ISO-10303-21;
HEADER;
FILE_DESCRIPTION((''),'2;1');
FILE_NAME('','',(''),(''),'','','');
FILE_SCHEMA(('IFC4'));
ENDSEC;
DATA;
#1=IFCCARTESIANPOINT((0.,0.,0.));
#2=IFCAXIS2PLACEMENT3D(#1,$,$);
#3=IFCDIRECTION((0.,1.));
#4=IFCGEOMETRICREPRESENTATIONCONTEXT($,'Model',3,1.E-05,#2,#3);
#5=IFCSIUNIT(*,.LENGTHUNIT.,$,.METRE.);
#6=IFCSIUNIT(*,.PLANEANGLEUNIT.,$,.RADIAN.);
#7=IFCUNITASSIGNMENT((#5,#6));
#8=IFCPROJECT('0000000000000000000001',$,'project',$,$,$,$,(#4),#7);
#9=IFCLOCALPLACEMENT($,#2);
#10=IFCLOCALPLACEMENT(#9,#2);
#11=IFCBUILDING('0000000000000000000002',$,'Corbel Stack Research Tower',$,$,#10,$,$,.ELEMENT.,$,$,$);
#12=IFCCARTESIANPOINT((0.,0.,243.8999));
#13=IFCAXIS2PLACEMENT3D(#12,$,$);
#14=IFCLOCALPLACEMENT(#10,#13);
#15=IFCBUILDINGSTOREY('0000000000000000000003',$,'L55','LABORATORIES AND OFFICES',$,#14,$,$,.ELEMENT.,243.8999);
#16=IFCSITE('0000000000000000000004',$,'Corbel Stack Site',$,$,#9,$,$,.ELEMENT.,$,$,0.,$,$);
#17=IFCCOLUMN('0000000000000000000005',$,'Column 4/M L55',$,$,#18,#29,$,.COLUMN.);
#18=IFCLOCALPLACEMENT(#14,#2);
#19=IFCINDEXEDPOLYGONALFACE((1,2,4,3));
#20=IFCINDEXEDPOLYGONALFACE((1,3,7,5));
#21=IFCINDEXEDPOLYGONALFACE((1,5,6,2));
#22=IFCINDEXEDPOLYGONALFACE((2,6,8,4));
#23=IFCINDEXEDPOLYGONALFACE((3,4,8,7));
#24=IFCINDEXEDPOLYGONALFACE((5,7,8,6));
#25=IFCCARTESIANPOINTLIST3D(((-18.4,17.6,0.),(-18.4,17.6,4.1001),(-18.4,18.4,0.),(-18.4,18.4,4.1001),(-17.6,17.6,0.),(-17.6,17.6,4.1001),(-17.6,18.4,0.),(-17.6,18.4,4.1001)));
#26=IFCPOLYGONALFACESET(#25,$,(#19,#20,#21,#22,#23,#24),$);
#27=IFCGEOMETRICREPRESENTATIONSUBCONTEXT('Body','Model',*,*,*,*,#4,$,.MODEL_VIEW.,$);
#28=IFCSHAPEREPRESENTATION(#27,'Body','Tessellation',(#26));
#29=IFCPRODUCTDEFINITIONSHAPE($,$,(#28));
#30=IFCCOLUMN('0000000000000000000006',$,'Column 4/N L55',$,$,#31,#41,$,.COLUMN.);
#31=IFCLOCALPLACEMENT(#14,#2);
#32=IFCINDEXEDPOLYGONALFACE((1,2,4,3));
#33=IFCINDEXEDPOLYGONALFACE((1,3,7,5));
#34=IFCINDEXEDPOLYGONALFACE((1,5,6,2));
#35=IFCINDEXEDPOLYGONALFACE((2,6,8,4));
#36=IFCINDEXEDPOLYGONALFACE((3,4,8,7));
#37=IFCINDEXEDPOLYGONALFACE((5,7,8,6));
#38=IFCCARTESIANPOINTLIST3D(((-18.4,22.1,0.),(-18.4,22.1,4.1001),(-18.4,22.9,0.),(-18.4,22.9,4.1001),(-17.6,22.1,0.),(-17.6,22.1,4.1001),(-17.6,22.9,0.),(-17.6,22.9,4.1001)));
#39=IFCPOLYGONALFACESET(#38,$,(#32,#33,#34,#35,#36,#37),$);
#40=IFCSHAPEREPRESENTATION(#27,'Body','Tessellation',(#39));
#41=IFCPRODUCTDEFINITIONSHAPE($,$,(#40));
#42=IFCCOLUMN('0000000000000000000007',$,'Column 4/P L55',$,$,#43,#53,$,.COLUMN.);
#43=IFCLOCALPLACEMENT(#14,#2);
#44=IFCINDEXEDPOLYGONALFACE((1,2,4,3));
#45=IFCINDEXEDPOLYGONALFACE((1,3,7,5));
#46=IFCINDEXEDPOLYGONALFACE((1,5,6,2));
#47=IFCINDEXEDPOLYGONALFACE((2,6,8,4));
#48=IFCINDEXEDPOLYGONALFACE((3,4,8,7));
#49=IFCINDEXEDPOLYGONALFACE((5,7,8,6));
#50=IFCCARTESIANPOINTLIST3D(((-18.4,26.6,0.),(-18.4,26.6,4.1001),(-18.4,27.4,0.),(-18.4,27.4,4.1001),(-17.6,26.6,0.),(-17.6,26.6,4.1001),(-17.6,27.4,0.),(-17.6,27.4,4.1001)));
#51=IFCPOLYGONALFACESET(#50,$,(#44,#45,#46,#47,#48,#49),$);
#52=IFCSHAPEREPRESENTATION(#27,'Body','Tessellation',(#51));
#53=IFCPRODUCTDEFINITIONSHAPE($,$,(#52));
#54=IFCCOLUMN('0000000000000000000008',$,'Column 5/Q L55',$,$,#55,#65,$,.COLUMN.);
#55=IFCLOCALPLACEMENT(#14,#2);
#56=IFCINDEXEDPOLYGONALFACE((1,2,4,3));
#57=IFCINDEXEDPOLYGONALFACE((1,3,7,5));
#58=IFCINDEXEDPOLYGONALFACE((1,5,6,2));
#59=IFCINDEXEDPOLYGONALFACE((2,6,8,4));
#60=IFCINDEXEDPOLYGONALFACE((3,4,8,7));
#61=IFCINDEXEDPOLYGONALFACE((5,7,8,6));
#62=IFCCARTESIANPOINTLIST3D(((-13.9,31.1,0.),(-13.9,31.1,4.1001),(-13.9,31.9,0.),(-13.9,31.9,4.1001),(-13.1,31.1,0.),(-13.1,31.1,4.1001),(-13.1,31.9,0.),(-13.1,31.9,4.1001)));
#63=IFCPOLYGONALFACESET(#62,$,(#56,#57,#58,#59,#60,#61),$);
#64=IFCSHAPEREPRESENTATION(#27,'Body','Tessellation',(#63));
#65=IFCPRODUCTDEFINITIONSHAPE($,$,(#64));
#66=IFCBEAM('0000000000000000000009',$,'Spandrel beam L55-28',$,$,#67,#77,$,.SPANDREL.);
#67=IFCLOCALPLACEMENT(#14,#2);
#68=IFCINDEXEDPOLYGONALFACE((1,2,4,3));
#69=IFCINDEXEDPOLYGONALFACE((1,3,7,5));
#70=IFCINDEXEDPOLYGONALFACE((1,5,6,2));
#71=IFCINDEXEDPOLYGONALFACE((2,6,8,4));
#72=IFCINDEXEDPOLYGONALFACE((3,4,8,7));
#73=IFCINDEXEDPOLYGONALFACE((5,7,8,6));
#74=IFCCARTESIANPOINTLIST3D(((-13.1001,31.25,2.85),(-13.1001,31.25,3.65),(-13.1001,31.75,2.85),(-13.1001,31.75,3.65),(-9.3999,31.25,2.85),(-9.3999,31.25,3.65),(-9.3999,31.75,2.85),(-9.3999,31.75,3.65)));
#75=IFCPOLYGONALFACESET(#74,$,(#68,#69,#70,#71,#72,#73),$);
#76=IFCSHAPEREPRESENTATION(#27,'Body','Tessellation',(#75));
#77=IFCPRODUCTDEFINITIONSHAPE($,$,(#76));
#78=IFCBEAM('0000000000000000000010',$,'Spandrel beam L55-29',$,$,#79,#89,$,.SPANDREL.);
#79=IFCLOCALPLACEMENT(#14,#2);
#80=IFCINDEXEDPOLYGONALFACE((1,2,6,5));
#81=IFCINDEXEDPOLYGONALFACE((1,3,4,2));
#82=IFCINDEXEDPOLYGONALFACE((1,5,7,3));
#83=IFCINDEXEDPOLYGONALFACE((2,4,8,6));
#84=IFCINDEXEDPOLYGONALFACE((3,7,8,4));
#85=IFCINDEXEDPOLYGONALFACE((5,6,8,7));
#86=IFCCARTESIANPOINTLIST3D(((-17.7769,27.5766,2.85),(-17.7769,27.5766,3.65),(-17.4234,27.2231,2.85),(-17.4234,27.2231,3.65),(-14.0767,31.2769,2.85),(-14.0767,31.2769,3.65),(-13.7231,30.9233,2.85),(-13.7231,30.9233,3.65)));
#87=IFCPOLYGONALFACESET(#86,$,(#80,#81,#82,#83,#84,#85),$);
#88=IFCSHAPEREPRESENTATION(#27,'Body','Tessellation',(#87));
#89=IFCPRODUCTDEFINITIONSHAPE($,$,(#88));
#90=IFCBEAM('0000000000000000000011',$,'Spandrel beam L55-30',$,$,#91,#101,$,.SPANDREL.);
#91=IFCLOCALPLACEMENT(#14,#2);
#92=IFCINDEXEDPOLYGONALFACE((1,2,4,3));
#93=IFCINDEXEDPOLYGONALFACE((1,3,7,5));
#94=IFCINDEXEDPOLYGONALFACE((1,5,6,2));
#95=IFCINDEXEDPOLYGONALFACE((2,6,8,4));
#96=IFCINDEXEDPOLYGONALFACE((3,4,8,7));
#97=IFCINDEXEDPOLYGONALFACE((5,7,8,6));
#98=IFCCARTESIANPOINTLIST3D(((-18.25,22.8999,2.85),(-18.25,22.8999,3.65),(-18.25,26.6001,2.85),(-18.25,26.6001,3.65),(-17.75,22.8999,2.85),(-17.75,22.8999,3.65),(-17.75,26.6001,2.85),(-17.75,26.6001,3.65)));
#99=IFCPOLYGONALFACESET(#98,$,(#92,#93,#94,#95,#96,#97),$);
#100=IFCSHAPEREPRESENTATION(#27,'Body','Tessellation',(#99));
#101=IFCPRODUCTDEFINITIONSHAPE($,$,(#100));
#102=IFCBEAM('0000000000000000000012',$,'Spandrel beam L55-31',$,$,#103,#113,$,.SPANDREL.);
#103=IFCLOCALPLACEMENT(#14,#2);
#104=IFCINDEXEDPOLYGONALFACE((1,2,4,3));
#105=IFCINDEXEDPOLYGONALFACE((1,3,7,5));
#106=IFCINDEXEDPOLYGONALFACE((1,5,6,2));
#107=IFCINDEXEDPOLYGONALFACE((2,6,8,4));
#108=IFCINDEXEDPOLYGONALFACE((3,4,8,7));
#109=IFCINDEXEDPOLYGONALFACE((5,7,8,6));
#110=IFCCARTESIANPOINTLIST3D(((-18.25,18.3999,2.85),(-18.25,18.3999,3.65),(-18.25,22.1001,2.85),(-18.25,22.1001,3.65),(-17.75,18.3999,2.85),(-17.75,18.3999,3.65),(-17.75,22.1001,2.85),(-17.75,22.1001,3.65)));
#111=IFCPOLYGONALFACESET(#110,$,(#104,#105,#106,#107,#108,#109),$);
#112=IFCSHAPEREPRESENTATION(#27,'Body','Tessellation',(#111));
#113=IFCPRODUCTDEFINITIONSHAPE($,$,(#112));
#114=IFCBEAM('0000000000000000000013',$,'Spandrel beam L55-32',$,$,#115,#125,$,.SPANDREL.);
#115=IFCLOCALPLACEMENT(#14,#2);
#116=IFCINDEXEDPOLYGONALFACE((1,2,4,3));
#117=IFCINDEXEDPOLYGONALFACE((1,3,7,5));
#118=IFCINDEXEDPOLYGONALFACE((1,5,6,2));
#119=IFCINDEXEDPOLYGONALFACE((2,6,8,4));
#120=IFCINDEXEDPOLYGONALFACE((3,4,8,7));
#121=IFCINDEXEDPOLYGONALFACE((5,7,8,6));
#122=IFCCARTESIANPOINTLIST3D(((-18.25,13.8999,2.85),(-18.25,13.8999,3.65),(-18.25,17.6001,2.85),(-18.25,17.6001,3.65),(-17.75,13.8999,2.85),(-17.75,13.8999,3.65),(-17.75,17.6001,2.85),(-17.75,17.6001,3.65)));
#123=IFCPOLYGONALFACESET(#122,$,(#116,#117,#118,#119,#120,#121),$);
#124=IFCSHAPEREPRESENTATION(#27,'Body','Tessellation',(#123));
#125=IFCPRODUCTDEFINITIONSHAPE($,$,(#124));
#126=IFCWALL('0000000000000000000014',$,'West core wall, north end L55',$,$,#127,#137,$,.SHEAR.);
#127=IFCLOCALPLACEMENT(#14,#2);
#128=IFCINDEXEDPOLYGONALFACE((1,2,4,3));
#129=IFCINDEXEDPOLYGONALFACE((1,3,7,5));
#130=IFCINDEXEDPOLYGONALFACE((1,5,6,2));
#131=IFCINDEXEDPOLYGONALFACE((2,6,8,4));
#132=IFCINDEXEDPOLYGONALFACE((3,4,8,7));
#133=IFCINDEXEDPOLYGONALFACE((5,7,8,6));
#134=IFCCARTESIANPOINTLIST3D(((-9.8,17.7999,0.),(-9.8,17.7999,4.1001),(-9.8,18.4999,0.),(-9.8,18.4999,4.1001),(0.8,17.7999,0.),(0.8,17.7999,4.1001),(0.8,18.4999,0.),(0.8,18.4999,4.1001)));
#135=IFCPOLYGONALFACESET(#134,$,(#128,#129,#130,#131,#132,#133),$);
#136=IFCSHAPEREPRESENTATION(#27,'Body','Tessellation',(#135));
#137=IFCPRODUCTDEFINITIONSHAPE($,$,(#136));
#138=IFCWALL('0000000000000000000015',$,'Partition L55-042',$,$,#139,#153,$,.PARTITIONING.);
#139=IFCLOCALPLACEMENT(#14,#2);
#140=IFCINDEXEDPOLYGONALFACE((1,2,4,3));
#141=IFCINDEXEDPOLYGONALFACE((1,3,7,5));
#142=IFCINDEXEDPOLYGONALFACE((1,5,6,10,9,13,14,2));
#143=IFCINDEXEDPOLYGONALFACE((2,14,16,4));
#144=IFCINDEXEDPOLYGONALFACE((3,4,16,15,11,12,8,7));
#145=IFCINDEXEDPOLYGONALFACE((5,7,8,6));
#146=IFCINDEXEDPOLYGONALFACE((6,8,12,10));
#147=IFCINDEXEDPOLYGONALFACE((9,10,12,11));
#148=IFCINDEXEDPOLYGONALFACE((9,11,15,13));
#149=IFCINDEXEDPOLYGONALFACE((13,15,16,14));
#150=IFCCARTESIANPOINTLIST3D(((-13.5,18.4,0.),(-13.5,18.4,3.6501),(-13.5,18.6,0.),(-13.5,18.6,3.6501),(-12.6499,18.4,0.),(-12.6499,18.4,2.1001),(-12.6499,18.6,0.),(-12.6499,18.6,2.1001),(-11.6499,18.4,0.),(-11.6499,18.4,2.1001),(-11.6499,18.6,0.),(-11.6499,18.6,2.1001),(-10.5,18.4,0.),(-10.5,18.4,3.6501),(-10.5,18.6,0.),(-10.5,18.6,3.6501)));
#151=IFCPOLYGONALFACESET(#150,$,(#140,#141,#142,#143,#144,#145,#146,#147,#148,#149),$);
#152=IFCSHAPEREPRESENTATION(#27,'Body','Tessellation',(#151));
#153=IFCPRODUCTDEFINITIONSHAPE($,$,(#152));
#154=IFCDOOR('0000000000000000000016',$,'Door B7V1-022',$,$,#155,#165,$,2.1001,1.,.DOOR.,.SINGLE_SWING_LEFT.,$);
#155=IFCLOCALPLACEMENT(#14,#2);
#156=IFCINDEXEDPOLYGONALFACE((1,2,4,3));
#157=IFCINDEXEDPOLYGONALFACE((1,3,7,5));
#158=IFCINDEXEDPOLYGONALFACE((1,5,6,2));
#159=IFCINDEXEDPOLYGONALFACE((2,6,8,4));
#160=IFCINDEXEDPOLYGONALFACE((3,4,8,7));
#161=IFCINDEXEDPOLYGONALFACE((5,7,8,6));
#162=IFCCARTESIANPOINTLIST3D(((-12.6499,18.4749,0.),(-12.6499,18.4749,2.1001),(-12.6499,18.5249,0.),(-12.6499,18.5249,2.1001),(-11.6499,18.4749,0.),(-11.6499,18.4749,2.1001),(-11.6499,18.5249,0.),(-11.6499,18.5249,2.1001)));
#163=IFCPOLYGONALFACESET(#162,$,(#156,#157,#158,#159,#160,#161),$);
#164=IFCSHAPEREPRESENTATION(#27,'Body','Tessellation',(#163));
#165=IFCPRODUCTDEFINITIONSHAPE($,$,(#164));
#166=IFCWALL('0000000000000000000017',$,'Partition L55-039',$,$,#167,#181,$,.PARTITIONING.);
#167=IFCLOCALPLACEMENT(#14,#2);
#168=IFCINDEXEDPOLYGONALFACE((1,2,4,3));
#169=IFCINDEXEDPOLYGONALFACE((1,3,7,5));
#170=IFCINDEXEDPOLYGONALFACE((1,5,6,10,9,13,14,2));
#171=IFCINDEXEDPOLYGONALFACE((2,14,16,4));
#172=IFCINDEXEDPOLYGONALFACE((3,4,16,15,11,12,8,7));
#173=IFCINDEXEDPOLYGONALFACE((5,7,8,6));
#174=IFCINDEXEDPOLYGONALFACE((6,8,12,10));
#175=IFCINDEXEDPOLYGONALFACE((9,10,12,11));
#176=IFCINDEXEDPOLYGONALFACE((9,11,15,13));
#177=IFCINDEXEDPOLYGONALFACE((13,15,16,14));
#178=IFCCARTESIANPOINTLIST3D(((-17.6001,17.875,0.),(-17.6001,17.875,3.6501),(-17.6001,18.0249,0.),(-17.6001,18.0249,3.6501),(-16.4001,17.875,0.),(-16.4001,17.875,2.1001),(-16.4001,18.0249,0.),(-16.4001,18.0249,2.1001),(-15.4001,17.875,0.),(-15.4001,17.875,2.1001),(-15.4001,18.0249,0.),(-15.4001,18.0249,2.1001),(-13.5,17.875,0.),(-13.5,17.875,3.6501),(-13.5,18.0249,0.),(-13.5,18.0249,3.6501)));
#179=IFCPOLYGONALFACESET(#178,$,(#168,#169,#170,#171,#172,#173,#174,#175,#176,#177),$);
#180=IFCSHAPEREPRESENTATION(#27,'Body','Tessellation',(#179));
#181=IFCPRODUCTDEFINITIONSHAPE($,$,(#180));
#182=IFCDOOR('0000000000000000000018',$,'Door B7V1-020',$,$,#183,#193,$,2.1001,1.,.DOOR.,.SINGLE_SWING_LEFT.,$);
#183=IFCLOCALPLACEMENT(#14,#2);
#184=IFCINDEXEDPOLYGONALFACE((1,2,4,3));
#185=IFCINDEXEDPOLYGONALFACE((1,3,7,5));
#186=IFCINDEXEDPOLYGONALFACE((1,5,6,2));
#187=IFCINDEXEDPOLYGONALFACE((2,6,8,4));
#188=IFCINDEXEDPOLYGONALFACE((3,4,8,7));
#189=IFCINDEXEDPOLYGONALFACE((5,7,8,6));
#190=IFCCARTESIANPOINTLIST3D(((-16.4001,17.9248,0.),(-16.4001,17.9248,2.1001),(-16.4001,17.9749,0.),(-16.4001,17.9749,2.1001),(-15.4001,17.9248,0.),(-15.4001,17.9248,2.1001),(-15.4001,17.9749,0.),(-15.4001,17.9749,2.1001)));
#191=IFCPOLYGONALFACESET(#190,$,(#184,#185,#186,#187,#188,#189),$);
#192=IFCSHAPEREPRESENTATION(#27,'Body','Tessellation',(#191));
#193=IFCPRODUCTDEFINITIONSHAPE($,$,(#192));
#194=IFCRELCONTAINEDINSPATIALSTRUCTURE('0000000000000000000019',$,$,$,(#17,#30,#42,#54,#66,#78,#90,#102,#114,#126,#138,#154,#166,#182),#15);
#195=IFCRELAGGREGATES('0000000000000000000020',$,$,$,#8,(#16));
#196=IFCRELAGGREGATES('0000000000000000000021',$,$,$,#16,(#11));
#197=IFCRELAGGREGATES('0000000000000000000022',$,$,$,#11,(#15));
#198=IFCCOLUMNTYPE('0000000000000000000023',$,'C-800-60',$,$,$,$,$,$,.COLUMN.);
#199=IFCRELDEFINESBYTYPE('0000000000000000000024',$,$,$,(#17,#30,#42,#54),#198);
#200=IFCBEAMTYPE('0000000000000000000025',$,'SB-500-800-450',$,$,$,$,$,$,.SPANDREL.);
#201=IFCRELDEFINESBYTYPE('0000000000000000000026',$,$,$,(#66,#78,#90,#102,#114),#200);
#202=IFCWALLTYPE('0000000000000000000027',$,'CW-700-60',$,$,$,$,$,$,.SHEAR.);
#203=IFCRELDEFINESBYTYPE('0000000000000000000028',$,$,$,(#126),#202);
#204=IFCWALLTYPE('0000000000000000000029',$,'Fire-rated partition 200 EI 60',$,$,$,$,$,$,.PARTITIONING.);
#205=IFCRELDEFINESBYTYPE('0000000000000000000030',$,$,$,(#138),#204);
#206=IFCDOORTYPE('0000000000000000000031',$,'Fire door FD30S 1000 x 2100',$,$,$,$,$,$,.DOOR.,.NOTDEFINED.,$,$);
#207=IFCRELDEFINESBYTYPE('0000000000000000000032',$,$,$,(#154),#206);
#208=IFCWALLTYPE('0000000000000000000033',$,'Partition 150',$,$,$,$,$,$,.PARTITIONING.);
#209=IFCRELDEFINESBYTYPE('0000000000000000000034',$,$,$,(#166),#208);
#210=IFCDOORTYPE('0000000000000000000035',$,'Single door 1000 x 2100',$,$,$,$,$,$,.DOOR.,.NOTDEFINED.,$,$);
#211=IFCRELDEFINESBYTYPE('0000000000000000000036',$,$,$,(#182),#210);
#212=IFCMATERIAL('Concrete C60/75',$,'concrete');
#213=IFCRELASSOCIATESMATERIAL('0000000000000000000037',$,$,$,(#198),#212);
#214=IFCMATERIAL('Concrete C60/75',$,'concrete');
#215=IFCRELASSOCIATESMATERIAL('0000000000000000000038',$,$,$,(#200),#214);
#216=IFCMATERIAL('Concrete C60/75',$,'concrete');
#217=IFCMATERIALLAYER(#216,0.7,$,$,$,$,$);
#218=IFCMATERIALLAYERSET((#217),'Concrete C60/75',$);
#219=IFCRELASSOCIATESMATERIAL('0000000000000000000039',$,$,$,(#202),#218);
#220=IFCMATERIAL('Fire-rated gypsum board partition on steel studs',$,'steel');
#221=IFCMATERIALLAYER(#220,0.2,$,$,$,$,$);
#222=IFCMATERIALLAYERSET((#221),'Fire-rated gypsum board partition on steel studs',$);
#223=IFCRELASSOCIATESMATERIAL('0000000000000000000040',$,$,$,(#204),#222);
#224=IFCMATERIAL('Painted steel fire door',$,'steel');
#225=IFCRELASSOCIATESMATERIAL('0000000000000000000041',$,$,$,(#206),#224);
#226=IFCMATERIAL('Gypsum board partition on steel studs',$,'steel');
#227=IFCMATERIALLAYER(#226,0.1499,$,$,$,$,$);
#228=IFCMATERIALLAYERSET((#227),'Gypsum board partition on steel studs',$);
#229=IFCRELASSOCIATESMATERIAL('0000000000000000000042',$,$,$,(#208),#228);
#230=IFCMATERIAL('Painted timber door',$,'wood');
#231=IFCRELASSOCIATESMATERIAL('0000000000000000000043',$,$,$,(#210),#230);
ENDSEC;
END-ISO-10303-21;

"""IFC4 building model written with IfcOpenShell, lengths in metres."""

from ifc_helpers import new_model, si_unit, direction, frame, frame_2d, origin, origin_2d, place, context, subcontext, project, spatial, rectangle, extrude, material, layer, layer_set, material_profile, profile_set, type_object, element, fill, save


model = new_model("IFC4")

# Units and contexts
model_context = context("Model", 3, precision=1e-05, world=origin(), true_north=direction((0.0, 1.0)))
body_context = subcontext(model_context, "Body", "Model", "MODEL_VIEW")
ifc_project = project(units=[si_unit("LENGTHUNIT", "METRE"), si_unit("PLANEANGLEUNIT", "RADIAN")], contexts=[model_context])

# Site, building, storey
site_placement = place(None, origin())
site = spatial("IfcSite", under=ifc_project, at=site_placement, Name="Corbel Stack Site", CompositionType="ELEMENT", RefElevation=0.0)
building_placement = place(site_placement, origin())
building = spatial("IfcBuilding", under=site, at=building_placement, Name="Corbel Stack Research Tower", CompositionType="ELEMENT")
storey_placement = place(building_placement, frame((0.0, 0.0, 243.8999)))
storey = spatial("IfcBuildingStorey", under=building, at=storey_placement, Name="L55", Description="LABORATORIES AND OFFICES", CompositionType="ELEMENT", Elevation=243.8999)

# Columns
ifc_material_1 = material(Name="Concrete C60/75", Category="concrete")
ifc_material_profile_1 = material_profile(ifc_material_1, rectangle(XDim=0.8, YDim=0.8, at=origin_2d()), Name="RC 800 x 800")
ifc_profile_set_1 = profile_set([ifc_material_profile_1], Name="Concrete C60/75")
column_type = type_object("IfcColumnType", Name="C-800-60", PredefinedType="COLUMN", material=ifc_profile_set_1)
for number, where, z_axis, x_axis, name in (
    (1, (-18.0, 18.0, 0.0), (0.0, 0.0, 1.0), (1.0, 0.0, 0.0), "Column 4/M L55"),
    (2, (-18.0, 22.5, 0.0), (0.0, 0.0, 1.0), (1.0, 0.0, 0.0), "Column 4/N L55"),
    (3, (-18.0, 27.0, 0.0), (0.0, 0.0, 1.0), (1.0, 0.0, 0.0), "Column 4/P L55"),
    (4, (-13.5, 31.5, 0.0), (0.0, 0.0, 1.0), (1.0, 0.0, 0.0), "Column 5/Q L55"),
):
    element("IfcColumn", number, at=place(storey_placement, frame(where, z_axis=z_axis, x_axis=x_axis)), inside=storey, type_object=column_type, Name=name, PredefinedType="COLUMN", context=body_context, shape_type="SweptSolid", body=[
        extrude(rectangle(XDim=0.8, YDim=0.8, at=origin_2d()), origin(), (0.0, 0.0, 1.0), 4.1001),
    ])

# Beams
ifc_material_2 = material(Name="Concrete C60/75", Category="concrete")
ifc_material_profile_2 = material_profile(ifc_material_2, rectangle(XDim=0.5, YDim=0.8, at=origin_2d()), Name="RC 500 x 800")
ifc_profile_set_2 = profile_set([ifc_material_profile_2], Name="Concrete C60/75")
beam_type = type_object("IfcBeamType", Name="SB-500-800-450", PredefinedType="SPANDREL", material=ifc_profile_set_2)
beam_1_placement = place(storey_placement, frame((-9.3999, 31.5, 3.25), z_axis=(-1.0, 0.0, 0.0), x_axis=(0.0, -1.0, 0.0)))
element("IfcBeam", 5, at=beam_1_placement, inside=storey, type_object=beam_type, Name="Spandrel beam L55-28", PredefinedType="SPANDREL", context=body_context, shape_type="SweptSolid", body=[
    extrude(rectangle(XDim=0.5, YDim=0.8, at=origin_2d()), origin(), (0.0, 0.0, 1.0), 3.7002),
])
beam_2_placement = place(storey_placement, frame((-13.8999, 31.1001, 3.25), z_axis=(-0.707107, -0.707107, 0.0), x_axis=(0.707107, -0.707107, 0.0)))
element("IfcBeam", 6, at=beam_2_placement, inside=storey, type_object=beam_type, Name="Spandrel beam L55-29", PredefinedType="SPANDREL", context=body_context, shape_type="SweptSolid", body=[
    extrude(rectangle(XDim=0.5, YDim=0.8, at=origin_2d()), origin(), (0.0, 0.0, 1.0), 5.2329),
])
for number, where, z_axis, x_axis, name in (
    (7, (-18.0, 26.6001, 3.25), (0.0, -1.0, 0.0), (1.0, 0.0, 0.0), "Spandrel beam L55-30"),
    (8, (-18.0, 22.1001, 3.25), (0.0, -1.0, 0.0), (1.0, 0.0, 0.0), "Spandrel beam L55-31"),
    (9, (-18.0, 17.6001, 3.25), (0.0, -1.0, 0.0), (1.0, 0.0, 0.0), "Spandrel beam L55-32"),
):
    element("IfcBeam", number, at=place(storey_placement, frame(where, z_axis=z_axis, x_axis=x_axis)), inside=storey, type_object=beam_type, Name=name, PredefinedType="SPANDREL", context=body_context, shape_type="SweptSolid", body=[
        extrude(rectangle(XDim=0.5, YDim=0.8, at=origin_2d()), origin(), (0.0, 0.0, 1.0), 3.7002),
    ])

# Wall
ifc_material_3 = material(Name="Concrete C60/75", Category="concrete")
ifc_layer_1 = layer(ifc_material_3, 0.7)
ifc_layer_set_1 = layer_set([ifc_layer_1], Name="Concrete C60/75")
wall_type_1 = type_object("IfcWallType", Name="CW-700-60", PredefinedType="SHEAR", material=ifc_layer_set_1)
wall_1_placement = place(storey_placement, frame((-9.8, 18.1499, 0.0), z_axis=(0.0, 0.0, 1.0), x_axis=(1.0, 0.0, 0.0)))
element("IfcWall", 10, at=wall_1_placement, inside=storey, type_object=wall_type_1, Name="West core wall, north end L55", PredefinedType="SHEAR", context=body_context, shape_type="SweptSolid", body=[
    extrude(rectangle(XDim=10.6001, YDim=0.7, at=frame_2d((5.3, 0.0))), origin(), (0.0, 0.0, 1.0), 4.1001),
])

# Walls, openings, doors
ifc_material_4 = material(Name="Fire-rated gypsum board partition on steel studs", Category="steel")
ifc_layer_2 = layer(ifc_material_4, 0.2)
ifc_layer_set_2 = layer_set([ifc_layer_2], Name="Fire-rated gypsum board partition on steel studs")
wall_type_2 = type_object("IfcWallType", Name="Fire-rated partition 200 EI 60", PredefinedType="PARTITIONING", material=ifc_layer_set_2)
wall_2_placement = place(storey_placement, frame((-13.5, 18.5, 0.0), z_axis=(0.0, 0.0, 1.0), x_axis=(1.0, 0.0, 0.0)))
wall_2 = element("IfcWall", 11, at=wall_2_placement, inside=storey, type_object=wall_type_2, Name="Partition L55-042", PredefinedType="PARTITIONING", context=body_context, shape_type="SweptSolid", body=[
    extrude(rectangle(XDim=3.0, YDim=0.2, at=frame_2d((1.5, 0.0))), origin(), (0.0, 0.0, 1.0), 3.6501),
])
opening_1_placement = place(wall_2_placement, frame((0.8501, 0.0, 0.0)))
opening_1 = element("IfcOpeningElement", 12, at=opening_1_placement, cuts=wall_2, PredefinedType="OPENING", context=body_context, shape_type="SweptSolid", body=[
    extrude(rectangle(XDim=1.0, YDim=2.1001, at=frame_2d((0.5, 1.05))), frame((0.0, 0.1099, 0.0), z_axis=(0.0, -1.0, 0.0), x_axis=(1.0, 0.0, 0.0)), (0.0, 0.0, 1.0), 0.22),
])
ifc_material_5 = material(Name="Painted steel fire door", Category="steel")
door_type_1 = type_object("IfcDoorType", Name="Fire door FD30S 1000 x 2100", OperationType="NOTDEFINED", PredefinedType="DOOR", material=ifc_material_5)
door_1_placement = place(opening_1_placement, origin())
door_1 = element("IfcDoor", 13, at=door_1_placement, inside=storey, type_object=door_type_1, Name="Door B7V1-022", OperationType="SINGLE_SWING_LEFT", OverallHeight=2.1001, OverallWidth=1.0, PredefinedType="DOOR", context=body_context, shape_type="SweptSolid", body=[
    extrude(rectangle(XDim=1.0, YDim=2.1001, at=frame_2d((0.5, 1.05))), frame((0.0, 0.0249, 0.0), z_axis=(0.0, -1.0, 0.0), x_axis=(1.0, 0.0, 0.0)), (0.0, 0.0, 1.0), 0.05),
])
fill(opening_1, door_1)
ifc_material_6 = material(Name="Gypsum board partition on steel studs", Category="steel")
ifc_layer_3 = layer(ifc_material_6, 0.1499)
ifc_layer_set_3 = layer_set([ifc_layer_3], Name="Gypsum board partition on steel studs")
wall_type_3 = type_object("IfcWallType", Name="Partition 150", PredefinedType="PARTITIONING", material=ifc_layer_set_3)
wall_3_placement = place(storey_placement, frame((-17.6001, 17.95, 0.0), z_axis=(0.0, 0.0, 1.0), x_axis=(1.0, 0.0, 0.0)))
wall_3 = element("IfcWall", 14, at=wall_3_placement, inside=storey, type_object=wall_type_3, Name="Partition L55-039", PredefinedType="PARTITIONING", context=body_context, shape_type="SweptSolid", body=[
    extrude(rectangle(XDim=4.1001, YDim=0.1499, at=frame_2d((2.05, 0.0))), origin(), (0.0, 0.0, 1.0), 3.6501),
])
opening_2_placement = place(wall_3_placement, frame((1.2, 0.0, 0.0)))
opening_2 = element("IfcOpeningElement", 15, at=opening_2_placement, cuts=wall_3, PredefinedType="OPENING", context=body_context, shape_type="SweptSolid", body=[
    extrude(rectangle(XDim=1.0, YDim=2.1001, at=frame_2d((0.5, 1.05))), frame((0.0, 0.085, 0.0), z_axis=(0.0, -1.0, 0.0), x_axis=(1.0, 0.0, 0.0)), (0.0, 0.0, 1.0), 0.1699),
])
ifc_material_7 = material(Name="Painted timber door", Category="wood")
door_type_2 = type_object("IfcDoorType", Name="Single door 1000 x 2100", OperationType="NOTDEFINED", PredefinedType="DOOR", material=ifc_material_7)
door_2_placement = place(opening_2_placement, origin())
door_2 = element("IfcDoor", 16, at=door_2_placement, inside=storey, type_object=door_type_2, Name="Door B7V1-020", OperationType="SINGLE_SWING_LEFT", OverallHeight=2.1001, OverallWidth=1.0, PredefinedType="DOOR", context=body_context, shape_type="SweptSolid", body=[
    extrude(rectangle(XDim=1.0, YDim=2.1001, at=frame_2d((0.5, 1.05))), frame((0.0, 0.0249, 0.0), z_axis=(0.0, -1.0, 0.0), x_axis=(1.0, 0.0, 0.0)), (0.0, 0.0, 1.0), 0.05),
])
fill(opening_2, door_2)

save(model, "model.ifc")
